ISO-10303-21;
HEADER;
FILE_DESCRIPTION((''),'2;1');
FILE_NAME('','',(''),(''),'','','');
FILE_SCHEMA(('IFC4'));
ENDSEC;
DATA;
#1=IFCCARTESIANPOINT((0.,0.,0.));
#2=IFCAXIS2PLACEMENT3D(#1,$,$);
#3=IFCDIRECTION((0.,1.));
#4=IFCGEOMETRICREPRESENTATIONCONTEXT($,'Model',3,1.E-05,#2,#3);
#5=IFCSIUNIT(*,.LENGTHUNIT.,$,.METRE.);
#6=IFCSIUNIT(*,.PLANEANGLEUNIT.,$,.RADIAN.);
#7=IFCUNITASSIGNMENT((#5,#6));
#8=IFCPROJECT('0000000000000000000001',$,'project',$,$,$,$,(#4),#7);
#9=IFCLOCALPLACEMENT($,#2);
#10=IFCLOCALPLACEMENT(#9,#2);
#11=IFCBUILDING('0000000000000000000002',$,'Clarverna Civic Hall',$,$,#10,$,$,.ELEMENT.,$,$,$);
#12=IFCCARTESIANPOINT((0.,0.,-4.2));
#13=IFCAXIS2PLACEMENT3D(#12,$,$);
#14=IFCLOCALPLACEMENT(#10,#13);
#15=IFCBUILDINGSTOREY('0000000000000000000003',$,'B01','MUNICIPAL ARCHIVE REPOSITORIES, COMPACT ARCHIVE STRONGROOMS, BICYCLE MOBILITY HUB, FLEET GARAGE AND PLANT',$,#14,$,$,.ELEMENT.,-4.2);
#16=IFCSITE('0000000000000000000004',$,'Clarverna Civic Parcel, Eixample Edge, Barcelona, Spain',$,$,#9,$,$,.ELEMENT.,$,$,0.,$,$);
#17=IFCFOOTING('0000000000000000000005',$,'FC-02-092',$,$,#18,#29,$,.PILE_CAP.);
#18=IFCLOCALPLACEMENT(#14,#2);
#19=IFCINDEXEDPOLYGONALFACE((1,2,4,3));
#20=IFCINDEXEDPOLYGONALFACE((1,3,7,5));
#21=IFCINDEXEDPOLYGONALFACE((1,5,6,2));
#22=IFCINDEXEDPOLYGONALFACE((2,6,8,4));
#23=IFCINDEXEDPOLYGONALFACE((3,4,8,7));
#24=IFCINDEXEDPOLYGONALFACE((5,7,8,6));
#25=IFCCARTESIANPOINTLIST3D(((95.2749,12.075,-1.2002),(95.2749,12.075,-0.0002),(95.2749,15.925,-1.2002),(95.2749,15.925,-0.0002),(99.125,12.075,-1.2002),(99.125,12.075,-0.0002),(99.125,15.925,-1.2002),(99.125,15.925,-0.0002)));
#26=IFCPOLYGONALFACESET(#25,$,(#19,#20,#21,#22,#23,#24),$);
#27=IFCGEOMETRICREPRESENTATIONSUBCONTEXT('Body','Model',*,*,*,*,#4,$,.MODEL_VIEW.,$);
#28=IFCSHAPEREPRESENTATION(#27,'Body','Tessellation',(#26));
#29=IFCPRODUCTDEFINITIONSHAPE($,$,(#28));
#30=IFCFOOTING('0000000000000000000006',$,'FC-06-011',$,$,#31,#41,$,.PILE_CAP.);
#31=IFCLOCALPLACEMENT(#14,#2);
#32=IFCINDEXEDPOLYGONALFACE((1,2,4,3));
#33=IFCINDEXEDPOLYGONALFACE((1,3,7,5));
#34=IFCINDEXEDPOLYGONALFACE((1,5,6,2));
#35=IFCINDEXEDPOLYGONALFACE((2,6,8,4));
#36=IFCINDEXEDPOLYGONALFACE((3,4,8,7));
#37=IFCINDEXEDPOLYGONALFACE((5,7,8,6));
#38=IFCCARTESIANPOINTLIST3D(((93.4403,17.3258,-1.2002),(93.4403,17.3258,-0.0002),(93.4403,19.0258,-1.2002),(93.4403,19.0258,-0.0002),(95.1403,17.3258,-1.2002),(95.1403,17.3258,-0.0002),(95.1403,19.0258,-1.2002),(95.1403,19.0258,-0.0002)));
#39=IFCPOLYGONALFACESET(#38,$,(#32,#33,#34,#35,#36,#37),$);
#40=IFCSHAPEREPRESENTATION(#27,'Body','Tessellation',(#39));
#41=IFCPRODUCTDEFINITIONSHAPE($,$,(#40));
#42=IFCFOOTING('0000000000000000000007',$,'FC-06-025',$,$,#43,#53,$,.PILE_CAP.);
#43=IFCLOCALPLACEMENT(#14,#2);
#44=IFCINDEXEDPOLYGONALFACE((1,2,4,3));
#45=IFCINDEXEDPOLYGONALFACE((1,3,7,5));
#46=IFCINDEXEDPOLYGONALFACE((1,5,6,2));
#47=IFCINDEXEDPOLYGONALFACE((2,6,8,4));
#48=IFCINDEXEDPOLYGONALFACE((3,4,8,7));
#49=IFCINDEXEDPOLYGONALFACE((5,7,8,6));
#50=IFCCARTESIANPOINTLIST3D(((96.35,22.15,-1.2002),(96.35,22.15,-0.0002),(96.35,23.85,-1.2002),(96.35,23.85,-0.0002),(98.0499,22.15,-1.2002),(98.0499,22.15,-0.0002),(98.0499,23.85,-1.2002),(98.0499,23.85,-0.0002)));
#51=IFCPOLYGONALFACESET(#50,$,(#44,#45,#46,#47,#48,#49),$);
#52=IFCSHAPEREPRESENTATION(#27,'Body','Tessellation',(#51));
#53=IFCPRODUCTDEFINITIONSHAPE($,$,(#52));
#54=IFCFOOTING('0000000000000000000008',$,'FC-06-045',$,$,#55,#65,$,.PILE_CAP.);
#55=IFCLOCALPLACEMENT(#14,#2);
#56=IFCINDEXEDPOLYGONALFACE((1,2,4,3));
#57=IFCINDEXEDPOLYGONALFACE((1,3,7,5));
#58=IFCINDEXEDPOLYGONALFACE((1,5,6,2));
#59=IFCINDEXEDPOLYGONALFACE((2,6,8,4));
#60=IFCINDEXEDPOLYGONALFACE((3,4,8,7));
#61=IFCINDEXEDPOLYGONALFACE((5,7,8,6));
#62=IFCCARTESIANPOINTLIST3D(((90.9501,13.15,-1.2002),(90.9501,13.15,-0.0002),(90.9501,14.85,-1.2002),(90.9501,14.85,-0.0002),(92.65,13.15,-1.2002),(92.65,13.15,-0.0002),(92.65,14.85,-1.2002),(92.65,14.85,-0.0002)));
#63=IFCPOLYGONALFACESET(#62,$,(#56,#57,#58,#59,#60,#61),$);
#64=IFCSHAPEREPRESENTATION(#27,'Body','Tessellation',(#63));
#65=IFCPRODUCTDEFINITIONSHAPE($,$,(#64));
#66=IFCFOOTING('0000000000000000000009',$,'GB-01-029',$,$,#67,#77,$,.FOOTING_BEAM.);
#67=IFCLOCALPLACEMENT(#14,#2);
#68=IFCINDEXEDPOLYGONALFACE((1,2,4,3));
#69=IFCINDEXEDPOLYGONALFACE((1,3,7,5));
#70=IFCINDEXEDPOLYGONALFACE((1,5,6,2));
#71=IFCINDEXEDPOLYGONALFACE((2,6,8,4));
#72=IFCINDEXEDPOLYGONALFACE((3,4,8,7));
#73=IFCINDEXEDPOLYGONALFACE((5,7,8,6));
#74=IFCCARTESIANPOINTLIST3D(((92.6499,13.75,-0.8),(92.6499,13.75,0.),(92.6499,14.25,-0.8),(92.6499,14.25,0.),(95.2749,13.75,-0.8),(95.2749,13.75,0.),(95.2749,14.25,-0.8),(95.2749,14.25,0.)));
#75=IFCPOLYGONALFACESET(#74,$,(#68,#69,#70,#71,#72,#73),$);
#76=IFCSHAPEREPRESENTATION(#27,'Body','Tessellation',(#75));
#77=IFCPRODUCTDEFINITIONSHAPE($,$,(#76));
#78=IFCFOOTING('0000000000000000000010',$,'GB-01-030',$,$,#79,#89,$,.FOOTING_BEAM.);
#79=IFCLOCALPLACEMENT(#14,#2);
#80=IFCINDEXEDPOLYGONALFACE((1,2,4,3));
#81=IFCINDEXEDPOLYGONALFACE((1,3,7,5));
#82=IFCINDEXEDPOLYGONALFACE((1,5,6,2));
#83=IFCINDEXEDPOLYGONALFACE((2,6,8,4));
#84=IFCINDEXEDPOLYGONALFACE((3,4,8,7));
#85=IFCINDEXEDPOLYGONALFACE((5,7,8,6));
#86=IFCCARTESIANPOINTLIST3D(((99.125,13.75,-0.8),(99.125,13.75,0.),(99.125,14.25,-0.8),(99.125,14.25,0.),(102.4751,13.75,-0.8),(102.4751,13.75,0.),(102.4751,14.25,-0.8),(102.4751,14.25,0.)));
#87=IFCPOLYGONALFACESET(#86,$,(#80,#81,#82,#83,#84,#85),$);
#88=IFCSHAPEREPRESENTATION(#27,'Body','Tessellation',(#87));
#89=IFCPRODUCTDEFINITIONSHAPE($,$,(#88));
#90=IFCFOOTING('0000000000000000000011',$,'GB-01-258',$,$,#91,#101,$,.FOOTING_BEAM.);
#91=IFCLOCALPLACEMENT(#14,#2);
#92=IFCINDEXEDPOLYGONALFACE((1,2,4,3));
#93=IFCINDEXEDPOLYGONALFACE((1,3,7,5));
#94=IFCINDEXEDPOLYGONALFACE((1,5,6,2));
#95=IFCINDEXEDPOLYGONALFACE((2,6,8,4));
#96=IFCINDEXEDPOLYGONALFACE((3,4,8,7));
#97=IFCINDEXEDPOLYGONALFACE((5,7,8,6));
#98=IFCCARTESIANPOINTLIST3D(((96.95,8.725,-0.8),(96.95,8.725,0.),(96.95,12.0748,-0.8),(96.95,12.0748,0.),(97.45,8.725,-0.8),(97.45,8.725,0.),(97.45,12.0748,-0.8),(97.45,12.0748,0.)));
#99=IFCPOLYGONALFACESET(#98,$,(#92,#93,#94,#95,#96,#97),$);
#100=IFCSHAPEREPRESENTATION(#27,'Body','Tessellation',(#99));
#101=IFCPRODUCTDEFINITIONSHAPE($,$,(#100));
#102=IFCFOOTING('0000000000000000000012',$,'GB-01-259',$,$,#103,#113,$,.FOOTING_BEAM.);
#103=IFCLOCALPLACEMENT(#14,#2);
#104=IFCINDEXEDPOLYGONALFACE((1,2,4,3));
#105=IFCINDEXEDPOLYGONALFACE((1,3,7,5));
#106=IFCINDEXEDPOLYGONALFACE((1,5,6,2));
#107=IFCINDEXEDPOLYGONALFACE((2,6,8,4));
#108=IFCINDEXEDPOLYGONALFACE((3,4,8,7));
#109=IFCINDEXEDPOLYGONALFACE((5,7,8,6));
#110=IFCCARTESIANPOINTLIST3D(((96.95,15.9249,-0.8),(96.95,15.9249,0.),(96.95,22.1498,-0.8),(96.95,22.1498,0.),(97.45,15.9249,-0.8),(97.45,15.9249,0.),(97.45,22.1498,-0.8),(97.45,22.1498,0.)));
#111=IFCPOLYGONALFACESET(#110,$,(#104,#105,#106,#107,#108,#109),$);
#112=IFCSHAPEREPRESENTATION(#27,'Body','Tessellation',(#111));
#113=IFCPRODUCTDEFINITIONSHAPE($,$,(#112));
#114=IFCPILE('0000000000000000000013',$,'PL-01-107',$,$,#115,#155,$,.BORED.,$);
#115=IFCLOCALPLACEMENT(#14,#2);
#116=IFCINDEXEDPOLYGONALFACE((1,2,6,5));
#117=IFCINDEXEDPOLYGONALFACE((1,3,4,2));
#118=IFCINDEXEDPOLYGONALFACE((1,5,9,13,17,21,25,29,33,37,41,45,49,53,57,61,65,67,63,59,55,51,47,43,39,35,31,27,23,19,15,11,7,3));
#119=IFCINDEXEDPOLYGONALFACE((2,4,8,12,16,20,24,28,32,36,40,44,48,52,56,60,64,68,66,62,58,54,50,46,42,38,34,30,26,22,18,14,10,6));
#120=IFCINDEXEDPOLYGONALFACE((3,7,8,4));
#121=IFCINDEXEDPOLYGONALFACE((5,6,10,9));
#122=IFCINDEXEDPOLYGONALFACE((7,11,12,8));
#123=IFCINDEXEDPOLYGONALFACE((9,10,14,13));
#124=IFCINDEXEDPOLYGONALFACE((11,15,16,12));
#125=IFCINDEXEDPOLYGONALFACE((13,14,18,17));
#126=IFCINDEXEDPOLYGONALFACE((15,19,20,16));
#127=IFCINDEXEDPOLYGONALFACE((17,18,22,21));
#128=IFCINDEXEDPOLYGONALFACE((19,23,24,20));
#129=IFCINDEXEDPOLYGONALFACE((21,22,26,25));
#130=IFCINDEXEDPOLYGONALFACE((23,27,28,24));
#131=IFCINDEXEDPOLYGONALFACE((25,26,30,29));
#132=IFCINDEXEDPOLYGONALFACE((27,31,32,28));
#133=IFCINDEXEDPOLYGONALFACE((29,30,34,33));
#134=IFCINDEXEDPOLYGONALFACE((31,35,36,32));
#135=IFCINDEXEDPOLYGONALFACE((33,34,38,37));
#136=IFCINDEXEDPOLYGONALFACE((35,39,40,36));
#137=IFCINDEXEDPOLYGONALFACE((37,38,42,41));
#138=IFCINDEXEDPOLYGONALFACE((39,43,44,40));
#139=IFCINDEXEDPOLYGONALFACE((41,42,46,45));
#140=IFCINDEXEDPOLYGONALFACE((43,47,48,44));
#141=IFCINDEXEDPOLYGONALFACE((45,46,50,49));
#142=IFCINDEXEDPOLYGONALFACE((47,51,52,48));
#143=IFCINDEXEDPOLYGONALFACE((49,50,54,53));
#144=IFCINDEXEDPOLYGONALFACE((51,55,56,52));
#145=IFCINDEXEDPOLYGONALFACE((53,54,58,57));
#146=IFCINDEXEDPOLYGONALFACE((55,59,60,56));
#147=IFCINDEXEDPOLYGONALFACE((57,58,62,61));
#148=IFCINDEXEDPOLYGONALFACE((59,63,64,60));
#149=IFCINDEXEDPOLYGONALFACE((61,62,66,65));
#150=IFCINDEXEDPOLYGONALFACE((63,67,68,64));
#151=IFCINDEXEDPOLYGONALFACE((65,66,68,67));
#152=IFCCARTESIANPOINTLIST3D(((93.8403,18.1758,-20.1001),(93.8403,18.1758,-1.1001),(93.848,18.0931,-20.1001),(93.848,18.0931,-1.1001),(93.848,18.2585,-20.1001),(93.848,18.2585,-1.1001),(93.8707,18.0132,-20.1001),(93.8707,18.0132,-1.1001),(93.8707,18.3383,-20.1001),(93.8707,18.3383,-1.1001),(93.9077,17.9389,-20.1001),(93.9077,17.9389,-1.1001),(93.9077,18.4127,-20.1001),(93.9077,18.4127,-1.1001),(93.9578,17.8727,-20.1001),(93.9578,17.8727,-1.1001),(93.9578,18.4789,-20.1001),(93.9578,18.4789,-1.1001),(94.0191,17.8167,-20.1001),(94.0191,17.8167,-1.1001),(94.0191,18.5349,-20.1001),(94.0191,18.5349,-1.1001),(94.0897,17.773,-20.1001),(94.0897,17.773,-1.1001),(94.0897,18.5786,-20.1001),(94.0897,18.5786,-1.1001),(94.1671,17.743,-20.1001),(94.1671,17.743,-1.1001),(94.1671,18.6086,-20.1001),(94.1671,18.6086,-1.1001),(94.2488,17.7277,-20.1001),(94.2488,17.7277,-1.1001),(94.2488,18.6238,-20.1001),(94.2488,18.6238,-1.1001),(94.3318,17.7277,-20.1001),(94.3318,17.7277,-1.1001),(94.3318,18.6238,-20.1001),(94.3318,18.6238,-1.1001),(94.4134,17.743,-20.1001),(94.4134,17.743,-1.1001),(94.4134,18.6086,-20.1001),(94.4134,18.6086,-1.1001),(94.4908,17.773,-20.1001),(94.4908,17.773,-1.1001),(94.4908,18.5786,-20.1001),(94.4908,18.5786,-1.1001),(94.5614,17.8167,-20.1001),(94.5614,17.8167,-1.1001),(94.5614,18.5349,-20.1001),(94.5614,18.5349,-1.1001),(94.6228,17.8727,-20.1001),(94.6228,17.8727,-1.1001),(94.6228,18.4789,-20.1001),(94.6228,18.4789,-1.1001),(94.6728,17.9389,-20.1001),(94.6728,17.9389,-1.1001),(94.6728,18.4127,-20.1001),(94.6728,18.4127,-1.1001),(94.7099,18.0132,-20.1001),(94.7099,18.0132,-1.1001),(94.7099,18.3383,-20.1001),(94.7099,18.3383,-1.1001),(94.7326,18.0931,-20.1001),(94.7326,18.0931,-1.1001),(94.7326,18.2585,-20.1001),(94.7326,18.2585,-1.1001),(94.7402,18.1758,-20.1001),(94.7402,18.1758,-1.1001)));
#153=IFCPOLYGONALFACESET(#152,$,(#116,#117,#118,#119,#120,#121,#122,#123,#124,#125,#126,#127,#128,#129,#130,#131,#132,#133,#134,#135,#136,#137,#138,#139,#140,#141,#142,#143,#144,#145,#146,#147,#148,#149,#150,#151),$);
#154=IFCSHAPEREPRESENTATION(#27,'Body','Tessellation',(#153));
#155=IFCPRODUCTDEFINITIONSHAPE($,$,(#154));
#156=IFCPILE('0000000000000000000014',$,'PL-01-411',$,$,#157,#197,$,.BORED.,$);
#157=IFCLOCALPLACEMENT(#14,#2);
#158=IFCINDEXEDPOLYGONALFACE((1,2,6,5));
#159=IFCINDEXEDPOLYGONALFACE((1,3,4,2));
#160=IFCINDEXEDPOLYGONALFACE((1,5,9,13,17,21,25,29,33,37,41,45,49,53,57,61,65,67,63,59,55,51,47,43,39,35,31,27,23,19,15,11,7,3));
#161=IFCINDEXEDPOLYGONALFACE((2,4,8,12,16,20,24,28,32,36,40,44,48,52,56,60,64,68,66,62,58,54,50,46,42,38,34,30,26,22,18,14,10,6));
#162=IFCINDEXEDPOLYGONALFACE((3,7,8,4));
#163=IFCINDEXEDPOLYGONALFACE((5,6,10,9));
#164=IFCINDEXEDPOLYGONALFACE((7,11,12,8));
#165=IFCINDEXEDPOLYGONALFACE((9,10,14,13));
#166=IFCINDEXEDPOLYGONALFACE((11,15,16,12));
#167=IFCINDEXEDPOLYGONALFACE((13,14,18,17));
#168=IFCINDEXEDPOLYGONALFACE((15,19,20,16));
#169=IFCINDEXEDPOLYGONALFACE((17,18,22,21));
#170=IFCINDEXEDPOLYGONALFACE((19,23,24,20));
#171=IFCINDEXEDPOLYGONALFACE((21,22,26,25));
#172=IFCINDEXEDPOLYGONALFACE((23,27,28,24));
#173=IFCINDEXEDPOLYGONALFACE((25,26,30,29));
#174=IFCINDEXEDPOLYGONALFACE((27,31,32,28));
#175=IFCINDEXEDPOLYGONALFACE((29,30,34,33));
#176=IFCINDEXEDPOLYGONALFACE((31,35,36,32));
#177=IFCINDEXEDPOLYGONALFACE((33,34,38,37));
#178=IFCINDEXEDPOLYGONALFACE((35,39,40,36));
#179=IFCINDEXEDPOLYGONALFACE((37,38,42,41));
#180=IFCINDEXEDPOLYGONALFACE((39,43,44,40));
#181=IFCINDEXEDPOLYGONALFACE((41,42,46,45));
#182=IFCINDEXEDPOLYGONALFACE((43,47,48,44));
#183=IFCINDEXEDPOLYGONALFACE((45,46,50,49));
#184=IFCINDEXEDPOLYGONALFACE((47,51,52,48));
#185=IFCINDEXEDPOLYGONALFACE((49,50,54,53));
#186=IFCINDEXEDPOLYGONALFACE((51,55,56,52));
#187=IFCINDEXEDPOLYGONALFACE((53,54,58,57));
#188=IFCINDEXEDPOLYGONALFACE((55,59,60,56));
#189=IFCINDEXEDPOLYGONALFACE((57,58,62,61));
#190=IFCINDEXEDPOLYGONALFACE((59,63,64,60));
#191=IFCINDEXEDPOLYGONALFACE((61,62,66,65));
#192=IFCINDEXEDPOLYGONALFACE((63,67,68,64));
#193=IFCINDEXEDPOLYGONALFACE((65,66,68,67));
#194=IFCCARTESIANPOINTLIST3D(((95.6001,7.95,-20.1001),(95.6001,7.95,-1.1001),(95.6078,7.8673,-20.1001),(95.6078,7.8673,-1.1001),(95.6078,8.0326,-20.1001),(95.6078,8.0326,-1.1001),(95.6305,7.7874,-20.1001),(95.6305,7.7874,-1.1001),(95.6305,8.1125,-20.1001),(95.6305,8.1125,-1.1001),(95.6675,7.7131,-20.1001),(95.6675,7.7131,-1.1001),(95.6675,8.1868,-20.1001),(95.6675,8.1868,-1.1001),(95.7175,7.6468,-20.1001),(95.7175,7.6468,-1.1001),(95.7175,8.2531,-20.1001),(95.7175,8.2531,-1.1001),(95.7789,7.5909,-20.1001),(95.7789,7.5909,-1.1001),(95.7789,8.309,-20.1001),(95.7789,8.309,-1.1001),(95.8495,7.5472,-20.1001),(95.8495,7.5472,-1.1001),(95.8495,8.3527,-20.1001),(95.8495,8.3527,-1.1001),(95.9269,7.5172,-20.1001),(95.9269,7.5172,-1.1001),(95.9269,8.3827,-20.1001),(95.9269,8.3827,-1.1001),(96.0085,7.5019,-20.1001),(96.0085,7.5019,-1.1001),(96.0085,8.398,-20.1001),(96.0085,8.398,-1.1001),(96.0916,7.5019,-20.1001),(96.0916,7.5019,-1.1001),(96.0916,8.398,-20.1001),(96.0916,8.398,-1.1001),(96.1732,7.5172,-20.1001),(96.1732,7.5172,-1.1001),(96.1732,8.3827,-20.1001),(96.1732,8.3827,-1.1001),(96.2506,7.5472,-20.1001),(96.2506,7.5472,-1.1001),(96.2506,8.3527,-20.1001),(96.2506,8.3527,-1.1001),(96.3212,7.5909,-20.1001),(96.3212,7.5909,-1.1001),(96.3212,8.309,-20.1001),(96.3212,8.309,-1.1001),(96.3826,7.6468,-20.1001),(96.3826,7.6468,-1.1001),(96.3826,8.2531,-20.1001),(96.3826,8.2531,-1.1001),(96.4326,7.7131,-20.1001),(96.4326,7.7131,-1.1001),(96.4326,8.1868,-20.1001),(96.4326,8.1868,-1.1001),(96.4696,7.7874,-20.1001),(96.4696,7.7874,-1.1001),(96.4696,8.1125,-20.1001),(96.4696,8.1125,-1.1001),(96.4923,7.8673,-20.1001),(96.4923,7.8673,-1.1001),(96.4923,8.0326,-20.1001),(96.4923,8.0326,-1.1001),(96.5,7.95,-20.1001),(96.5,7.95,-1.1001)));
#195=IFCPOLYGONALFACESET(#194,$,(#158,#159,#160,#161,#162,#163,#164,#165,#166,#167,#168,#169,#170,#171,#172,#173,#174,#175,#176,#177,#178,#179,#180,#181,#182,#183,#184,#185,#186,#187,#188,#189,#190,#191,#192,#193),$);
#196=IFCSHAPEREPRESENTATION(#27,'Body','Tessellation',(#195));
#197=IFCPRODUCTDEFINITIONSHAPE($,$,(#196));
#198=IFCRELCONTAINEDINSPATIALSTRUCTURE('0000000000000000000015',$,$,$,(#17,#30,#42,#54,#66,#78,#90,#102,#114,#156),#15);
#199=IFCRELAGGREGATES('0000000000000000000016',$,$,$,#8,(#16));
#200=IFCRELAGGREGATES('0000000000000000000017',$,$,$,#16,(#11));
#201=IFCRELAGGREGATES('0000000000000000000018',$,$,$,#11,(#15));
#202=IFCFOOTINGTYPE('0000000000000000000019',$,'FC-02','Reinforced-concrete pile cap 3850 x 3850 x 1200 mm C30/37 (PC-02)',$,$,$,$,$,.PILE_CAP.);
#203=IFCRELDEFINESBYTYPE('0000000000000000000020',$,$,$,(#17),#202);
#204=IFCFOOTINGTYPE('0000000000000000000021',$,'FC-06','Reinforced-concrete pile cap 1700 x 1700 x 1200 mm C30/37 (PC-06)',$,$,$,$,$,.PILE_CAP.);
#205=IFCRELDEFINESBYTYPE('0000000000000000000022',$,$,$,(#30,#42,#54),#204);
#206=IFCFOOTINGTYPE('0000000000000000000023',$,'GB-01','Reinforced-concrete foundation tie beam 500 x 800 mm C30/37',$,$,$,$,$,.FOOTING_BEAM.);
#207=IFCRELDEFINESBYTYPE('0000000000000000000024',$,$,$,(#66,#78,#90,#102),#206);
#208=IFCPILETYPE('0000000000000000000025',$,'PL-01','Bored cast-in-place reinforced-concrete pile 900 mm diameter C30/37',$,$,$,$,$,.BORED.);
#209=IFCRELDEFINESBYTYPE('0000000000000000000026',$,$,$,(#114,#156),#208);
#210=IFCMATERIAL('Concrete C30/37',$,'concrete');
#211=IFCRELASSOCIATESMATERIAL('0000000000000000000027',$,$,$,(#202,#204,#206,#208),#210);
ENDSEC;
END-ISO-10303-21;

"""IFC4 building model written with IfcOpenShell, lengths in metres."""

from ifc_helpers import new_model, si_unit, direction, frame, frame_2d, origin, origin_2d, place, context, subcontext, project, spatial, rectangle, circle, extrude, material, material_profile, profile_set, type_object, element, save


model = new_model("IFC4")

# Units and contexts
model_context = context("Model", 3, precision=1e-05, world=origin(), true_north=direction((0.0, 1.0)))
body_context = subcontext(model_context, "Body", "Model", "MODEL_VIEW")
ifc_project = project(units=[si_unit("LENGTHUNIT", "METRE"), si_unit("PLANEANGLEUNIT", "RADIAN")], contexts=[model_context])

# Site, building, storey
site_placement = place(None, origin())
site = spatial("IfcSite", under=ifc_project, at=site_placement, Name="Clarverna Civic Parcel, Eixample Edge, Barcelona, Spain", CompositionType="ELEMENT", RefElevation=0.0)
building_placement = place(site_placement, origin())
building = spatial("IfcBuilding", under=site, at=building_placement, Name="Clarverna Civic Hall", CompositionType="ELEMENT")
storey_placement = place(building_placement, frame((0.0, 0.0, -4.2)))
storey = spatial("IfcBuildingStorey", under=building, at=storey_placement, Name="B01", Description="MUNICIPAL ARCHIVE REPOSITORIES, COMPACT ARCHIVE STRONGROOMS, BICYCLE MOBILITY HUB, FLEET GARAGE AND PLANT", CompositionType="ELEMENT", Elevation=-4.2)

# Footings
ifc_material_1 = material(Name="Concrete C30/37", Category="concrete")
footing_type_1 = type_object("IfcFootingType", Name="FC-02", Description="Reinforced-concrete pile cap 3850 x 3850 x 1200 mm C30/37 (PC-02)", PredefinedType="PILE_CAP", material=ifc_material_1)
footing_1_placement = place(storey_placement, frame((97.2, 14.0, -1.2002), z_axis=(0.0, 0.0, 1.0), x_axis=(1.0, 0.0, 0.0)))
element("IfcFooting", 1, at=footing_1_placement, inside=storey, type_object=footing_type_1, Name="FC-02-092", PredefinedType="PILE_CAP", context=body_context, shape_type="SweptSolid", body=[
    extrude(rectangle(XDim=3.8501, YDim=3.8501, at=origin_2d()), origin(), (0.0, 0.0, 1.0), 1.2),
])
footing_type_2 = type_object("IfcFootingType", Name="FC-06", Description="Reinforced-concrete pile cap 1700 x 1700 x 1200 mm C30/37 (PC-06)", PredefinedType="PILE_CAP", material=ifc_material_1)
for number, where, z_axis, x_axis, name in (
    (2, (94.2903, 18.1758, -1.2002), (0.0, 0.0, 1.0), (1.0, 0.0, 0.0), "FC-06-011"),
    (3, (97.2, 23.0, -1.2002), (0.0, 0.0, 1.0), (1.0, 0.0, 0.0), "FC-06-025"),
    (4, (91.8, 14.0, -1.2002), (0.0, 0.0, 1.0), (1.0, 0.0, 0.0), "FC-06-045"),
):
    element("IfcFooting", number, at=place(storey_placement, frame(where, z_axis=z_axis, x_axis=x_axis)), inside=storey, type_object=footing_type_2, Name=name, PredefinedType="PILE_CAP", context=body_context, shape_type="SweptSolid", body=[
        extrude(rectangle(XDim=1.7, YDim=1.7, at=origin_2d()), origin(), (0.0, 0.0, 1.0), 1.2),
    ])
footing_type_3 = type_object("IfcFootingType", Name="GB-01", Description="Reinforced-concrete foundation tie beam 500 x 800 mm C30/37", PredefinedType="FOOTING_BEAM", material=ifc_material_1)
footing_2_placement = place(storey_placement, frame((92.6499, 14.0, -0.8), z_axis=(0.0, 0.0, 1.0), x_axis=(1.0, 0.0, 0.0)))
element("IfcFooting", 5, at=footing_2_placement, inside=storey, type_object=footing_type_3, Name="GB-01-029", PredefinedType="FOOTING_BEAM", context=body_context, shape_type="SweptSolid", body=[
    extrude(rectangle(XDim=2.625, YDim=0.5, at=frame_2d((1.3125, 0.0))), origin(), (0.0, 0.0, 1.0), 0.8),
])
footing_3_placement = place(storey_placement, frame((99.125, 14.0, -0.8), z_axis=(0.0, 0.0, 1.0), x_axis=(1.0, 0.0, 0.0)))
element("IfcFooting", 6, at=footing_3_placement, inside=storey, type_object=footing_type_3, Name="GB-01-030", PredefinedType="FOOTING_BEAM", context=body_context, shape_type="SweptSolid", body=[
    extrude(rectangle(XDim=3.3501, YDim=0.5, at=frame_2d((1.675, 0.0))), origin(), (0.0, 0.0, 1.0), 0.8),
])
footing_4_placement = place(storey_placement, frame((97.2, 8.7251, -0.8), z_axis=(0.0, 0.0, 1.0), x_axis=(0.0, 1.0, 0.0)))
element("IfcFooting", 7, at=footing_4_placement, inside=storey, type_object=footing_type_3, Name="GB-01-258", PredefinedType="FOOTING_BEAM", context=body_context, shape_type="SweptSolid", body=[
    extrude(rectangle(XDim=3.3499, YDim=0.5, at=frame_2d((1.6748, 0.0))), origin(), (0.0, 0.0, 1.0), 0.8),
])
footing_5_placement = place(storey_placement, frame((97.2, 15.925, -0.8), z_axis=(0.0, 0.0, 1.0), x_axis=(0.0, 1.0, 0.0)))
element("IfcFooting", 8, at=footing_5_placement, inside=storey, type_object=footing_type_3, Name="GB-01-259", PredefinedType="FOOTING_BEAM", context=body_context, shape_type="SweptSolid", body=[
    extrude(rectangle(XDim=6.2249, YDim=0.5, at=frame_2d((3.1123, 0.0))), origin(), (0.0, 0.0, 1.0), 0.8),
])

# Piles
ifc_material_profile_1 = material_profile(ifc_material_1, circle(Radius=0.45, at=origin_2d()), Name="BORED PILE D900")
ifc_profile_set_1 = profile_set([ifc_material_profile_1], Name="Concrete C30/37")
pile_type = type_object("IfcPileType", Name="PL-01", Description="Bored cast-in-place reinforced-concrete pile 900 mm diameter C30/37", PredefinedType="BORED", material=ifc_profile_set_1)
for number, where, z_axis, x_axis, name in (
    (9, (94.2903, 18.1758, -1.1001), (0.0, 0.0, -1.0), (1.0, 0.0, 0.0), "PL-01-107"),
    (10, (96.05, 7.95, -1.1001), (0.0, 0.0, -1.0), (1.0, 0.0, 0.0), "PL-01-411"),
):
    element("IfcPile", number, at=place(storey_placement, frame(where, z_axis=z_axis, x_axis=x_axis)), inside=storey, type_object=pile_type, Name=name, PredefinedType="BORED", context=body_context, shape_type="SweptSolid", body=[
        extrude(circle(Radius=0.45, at=origin_2d()), origin(), (0.0, 0.0, 1.0), 19.0),
    ])

save(model, "model.ifc")
